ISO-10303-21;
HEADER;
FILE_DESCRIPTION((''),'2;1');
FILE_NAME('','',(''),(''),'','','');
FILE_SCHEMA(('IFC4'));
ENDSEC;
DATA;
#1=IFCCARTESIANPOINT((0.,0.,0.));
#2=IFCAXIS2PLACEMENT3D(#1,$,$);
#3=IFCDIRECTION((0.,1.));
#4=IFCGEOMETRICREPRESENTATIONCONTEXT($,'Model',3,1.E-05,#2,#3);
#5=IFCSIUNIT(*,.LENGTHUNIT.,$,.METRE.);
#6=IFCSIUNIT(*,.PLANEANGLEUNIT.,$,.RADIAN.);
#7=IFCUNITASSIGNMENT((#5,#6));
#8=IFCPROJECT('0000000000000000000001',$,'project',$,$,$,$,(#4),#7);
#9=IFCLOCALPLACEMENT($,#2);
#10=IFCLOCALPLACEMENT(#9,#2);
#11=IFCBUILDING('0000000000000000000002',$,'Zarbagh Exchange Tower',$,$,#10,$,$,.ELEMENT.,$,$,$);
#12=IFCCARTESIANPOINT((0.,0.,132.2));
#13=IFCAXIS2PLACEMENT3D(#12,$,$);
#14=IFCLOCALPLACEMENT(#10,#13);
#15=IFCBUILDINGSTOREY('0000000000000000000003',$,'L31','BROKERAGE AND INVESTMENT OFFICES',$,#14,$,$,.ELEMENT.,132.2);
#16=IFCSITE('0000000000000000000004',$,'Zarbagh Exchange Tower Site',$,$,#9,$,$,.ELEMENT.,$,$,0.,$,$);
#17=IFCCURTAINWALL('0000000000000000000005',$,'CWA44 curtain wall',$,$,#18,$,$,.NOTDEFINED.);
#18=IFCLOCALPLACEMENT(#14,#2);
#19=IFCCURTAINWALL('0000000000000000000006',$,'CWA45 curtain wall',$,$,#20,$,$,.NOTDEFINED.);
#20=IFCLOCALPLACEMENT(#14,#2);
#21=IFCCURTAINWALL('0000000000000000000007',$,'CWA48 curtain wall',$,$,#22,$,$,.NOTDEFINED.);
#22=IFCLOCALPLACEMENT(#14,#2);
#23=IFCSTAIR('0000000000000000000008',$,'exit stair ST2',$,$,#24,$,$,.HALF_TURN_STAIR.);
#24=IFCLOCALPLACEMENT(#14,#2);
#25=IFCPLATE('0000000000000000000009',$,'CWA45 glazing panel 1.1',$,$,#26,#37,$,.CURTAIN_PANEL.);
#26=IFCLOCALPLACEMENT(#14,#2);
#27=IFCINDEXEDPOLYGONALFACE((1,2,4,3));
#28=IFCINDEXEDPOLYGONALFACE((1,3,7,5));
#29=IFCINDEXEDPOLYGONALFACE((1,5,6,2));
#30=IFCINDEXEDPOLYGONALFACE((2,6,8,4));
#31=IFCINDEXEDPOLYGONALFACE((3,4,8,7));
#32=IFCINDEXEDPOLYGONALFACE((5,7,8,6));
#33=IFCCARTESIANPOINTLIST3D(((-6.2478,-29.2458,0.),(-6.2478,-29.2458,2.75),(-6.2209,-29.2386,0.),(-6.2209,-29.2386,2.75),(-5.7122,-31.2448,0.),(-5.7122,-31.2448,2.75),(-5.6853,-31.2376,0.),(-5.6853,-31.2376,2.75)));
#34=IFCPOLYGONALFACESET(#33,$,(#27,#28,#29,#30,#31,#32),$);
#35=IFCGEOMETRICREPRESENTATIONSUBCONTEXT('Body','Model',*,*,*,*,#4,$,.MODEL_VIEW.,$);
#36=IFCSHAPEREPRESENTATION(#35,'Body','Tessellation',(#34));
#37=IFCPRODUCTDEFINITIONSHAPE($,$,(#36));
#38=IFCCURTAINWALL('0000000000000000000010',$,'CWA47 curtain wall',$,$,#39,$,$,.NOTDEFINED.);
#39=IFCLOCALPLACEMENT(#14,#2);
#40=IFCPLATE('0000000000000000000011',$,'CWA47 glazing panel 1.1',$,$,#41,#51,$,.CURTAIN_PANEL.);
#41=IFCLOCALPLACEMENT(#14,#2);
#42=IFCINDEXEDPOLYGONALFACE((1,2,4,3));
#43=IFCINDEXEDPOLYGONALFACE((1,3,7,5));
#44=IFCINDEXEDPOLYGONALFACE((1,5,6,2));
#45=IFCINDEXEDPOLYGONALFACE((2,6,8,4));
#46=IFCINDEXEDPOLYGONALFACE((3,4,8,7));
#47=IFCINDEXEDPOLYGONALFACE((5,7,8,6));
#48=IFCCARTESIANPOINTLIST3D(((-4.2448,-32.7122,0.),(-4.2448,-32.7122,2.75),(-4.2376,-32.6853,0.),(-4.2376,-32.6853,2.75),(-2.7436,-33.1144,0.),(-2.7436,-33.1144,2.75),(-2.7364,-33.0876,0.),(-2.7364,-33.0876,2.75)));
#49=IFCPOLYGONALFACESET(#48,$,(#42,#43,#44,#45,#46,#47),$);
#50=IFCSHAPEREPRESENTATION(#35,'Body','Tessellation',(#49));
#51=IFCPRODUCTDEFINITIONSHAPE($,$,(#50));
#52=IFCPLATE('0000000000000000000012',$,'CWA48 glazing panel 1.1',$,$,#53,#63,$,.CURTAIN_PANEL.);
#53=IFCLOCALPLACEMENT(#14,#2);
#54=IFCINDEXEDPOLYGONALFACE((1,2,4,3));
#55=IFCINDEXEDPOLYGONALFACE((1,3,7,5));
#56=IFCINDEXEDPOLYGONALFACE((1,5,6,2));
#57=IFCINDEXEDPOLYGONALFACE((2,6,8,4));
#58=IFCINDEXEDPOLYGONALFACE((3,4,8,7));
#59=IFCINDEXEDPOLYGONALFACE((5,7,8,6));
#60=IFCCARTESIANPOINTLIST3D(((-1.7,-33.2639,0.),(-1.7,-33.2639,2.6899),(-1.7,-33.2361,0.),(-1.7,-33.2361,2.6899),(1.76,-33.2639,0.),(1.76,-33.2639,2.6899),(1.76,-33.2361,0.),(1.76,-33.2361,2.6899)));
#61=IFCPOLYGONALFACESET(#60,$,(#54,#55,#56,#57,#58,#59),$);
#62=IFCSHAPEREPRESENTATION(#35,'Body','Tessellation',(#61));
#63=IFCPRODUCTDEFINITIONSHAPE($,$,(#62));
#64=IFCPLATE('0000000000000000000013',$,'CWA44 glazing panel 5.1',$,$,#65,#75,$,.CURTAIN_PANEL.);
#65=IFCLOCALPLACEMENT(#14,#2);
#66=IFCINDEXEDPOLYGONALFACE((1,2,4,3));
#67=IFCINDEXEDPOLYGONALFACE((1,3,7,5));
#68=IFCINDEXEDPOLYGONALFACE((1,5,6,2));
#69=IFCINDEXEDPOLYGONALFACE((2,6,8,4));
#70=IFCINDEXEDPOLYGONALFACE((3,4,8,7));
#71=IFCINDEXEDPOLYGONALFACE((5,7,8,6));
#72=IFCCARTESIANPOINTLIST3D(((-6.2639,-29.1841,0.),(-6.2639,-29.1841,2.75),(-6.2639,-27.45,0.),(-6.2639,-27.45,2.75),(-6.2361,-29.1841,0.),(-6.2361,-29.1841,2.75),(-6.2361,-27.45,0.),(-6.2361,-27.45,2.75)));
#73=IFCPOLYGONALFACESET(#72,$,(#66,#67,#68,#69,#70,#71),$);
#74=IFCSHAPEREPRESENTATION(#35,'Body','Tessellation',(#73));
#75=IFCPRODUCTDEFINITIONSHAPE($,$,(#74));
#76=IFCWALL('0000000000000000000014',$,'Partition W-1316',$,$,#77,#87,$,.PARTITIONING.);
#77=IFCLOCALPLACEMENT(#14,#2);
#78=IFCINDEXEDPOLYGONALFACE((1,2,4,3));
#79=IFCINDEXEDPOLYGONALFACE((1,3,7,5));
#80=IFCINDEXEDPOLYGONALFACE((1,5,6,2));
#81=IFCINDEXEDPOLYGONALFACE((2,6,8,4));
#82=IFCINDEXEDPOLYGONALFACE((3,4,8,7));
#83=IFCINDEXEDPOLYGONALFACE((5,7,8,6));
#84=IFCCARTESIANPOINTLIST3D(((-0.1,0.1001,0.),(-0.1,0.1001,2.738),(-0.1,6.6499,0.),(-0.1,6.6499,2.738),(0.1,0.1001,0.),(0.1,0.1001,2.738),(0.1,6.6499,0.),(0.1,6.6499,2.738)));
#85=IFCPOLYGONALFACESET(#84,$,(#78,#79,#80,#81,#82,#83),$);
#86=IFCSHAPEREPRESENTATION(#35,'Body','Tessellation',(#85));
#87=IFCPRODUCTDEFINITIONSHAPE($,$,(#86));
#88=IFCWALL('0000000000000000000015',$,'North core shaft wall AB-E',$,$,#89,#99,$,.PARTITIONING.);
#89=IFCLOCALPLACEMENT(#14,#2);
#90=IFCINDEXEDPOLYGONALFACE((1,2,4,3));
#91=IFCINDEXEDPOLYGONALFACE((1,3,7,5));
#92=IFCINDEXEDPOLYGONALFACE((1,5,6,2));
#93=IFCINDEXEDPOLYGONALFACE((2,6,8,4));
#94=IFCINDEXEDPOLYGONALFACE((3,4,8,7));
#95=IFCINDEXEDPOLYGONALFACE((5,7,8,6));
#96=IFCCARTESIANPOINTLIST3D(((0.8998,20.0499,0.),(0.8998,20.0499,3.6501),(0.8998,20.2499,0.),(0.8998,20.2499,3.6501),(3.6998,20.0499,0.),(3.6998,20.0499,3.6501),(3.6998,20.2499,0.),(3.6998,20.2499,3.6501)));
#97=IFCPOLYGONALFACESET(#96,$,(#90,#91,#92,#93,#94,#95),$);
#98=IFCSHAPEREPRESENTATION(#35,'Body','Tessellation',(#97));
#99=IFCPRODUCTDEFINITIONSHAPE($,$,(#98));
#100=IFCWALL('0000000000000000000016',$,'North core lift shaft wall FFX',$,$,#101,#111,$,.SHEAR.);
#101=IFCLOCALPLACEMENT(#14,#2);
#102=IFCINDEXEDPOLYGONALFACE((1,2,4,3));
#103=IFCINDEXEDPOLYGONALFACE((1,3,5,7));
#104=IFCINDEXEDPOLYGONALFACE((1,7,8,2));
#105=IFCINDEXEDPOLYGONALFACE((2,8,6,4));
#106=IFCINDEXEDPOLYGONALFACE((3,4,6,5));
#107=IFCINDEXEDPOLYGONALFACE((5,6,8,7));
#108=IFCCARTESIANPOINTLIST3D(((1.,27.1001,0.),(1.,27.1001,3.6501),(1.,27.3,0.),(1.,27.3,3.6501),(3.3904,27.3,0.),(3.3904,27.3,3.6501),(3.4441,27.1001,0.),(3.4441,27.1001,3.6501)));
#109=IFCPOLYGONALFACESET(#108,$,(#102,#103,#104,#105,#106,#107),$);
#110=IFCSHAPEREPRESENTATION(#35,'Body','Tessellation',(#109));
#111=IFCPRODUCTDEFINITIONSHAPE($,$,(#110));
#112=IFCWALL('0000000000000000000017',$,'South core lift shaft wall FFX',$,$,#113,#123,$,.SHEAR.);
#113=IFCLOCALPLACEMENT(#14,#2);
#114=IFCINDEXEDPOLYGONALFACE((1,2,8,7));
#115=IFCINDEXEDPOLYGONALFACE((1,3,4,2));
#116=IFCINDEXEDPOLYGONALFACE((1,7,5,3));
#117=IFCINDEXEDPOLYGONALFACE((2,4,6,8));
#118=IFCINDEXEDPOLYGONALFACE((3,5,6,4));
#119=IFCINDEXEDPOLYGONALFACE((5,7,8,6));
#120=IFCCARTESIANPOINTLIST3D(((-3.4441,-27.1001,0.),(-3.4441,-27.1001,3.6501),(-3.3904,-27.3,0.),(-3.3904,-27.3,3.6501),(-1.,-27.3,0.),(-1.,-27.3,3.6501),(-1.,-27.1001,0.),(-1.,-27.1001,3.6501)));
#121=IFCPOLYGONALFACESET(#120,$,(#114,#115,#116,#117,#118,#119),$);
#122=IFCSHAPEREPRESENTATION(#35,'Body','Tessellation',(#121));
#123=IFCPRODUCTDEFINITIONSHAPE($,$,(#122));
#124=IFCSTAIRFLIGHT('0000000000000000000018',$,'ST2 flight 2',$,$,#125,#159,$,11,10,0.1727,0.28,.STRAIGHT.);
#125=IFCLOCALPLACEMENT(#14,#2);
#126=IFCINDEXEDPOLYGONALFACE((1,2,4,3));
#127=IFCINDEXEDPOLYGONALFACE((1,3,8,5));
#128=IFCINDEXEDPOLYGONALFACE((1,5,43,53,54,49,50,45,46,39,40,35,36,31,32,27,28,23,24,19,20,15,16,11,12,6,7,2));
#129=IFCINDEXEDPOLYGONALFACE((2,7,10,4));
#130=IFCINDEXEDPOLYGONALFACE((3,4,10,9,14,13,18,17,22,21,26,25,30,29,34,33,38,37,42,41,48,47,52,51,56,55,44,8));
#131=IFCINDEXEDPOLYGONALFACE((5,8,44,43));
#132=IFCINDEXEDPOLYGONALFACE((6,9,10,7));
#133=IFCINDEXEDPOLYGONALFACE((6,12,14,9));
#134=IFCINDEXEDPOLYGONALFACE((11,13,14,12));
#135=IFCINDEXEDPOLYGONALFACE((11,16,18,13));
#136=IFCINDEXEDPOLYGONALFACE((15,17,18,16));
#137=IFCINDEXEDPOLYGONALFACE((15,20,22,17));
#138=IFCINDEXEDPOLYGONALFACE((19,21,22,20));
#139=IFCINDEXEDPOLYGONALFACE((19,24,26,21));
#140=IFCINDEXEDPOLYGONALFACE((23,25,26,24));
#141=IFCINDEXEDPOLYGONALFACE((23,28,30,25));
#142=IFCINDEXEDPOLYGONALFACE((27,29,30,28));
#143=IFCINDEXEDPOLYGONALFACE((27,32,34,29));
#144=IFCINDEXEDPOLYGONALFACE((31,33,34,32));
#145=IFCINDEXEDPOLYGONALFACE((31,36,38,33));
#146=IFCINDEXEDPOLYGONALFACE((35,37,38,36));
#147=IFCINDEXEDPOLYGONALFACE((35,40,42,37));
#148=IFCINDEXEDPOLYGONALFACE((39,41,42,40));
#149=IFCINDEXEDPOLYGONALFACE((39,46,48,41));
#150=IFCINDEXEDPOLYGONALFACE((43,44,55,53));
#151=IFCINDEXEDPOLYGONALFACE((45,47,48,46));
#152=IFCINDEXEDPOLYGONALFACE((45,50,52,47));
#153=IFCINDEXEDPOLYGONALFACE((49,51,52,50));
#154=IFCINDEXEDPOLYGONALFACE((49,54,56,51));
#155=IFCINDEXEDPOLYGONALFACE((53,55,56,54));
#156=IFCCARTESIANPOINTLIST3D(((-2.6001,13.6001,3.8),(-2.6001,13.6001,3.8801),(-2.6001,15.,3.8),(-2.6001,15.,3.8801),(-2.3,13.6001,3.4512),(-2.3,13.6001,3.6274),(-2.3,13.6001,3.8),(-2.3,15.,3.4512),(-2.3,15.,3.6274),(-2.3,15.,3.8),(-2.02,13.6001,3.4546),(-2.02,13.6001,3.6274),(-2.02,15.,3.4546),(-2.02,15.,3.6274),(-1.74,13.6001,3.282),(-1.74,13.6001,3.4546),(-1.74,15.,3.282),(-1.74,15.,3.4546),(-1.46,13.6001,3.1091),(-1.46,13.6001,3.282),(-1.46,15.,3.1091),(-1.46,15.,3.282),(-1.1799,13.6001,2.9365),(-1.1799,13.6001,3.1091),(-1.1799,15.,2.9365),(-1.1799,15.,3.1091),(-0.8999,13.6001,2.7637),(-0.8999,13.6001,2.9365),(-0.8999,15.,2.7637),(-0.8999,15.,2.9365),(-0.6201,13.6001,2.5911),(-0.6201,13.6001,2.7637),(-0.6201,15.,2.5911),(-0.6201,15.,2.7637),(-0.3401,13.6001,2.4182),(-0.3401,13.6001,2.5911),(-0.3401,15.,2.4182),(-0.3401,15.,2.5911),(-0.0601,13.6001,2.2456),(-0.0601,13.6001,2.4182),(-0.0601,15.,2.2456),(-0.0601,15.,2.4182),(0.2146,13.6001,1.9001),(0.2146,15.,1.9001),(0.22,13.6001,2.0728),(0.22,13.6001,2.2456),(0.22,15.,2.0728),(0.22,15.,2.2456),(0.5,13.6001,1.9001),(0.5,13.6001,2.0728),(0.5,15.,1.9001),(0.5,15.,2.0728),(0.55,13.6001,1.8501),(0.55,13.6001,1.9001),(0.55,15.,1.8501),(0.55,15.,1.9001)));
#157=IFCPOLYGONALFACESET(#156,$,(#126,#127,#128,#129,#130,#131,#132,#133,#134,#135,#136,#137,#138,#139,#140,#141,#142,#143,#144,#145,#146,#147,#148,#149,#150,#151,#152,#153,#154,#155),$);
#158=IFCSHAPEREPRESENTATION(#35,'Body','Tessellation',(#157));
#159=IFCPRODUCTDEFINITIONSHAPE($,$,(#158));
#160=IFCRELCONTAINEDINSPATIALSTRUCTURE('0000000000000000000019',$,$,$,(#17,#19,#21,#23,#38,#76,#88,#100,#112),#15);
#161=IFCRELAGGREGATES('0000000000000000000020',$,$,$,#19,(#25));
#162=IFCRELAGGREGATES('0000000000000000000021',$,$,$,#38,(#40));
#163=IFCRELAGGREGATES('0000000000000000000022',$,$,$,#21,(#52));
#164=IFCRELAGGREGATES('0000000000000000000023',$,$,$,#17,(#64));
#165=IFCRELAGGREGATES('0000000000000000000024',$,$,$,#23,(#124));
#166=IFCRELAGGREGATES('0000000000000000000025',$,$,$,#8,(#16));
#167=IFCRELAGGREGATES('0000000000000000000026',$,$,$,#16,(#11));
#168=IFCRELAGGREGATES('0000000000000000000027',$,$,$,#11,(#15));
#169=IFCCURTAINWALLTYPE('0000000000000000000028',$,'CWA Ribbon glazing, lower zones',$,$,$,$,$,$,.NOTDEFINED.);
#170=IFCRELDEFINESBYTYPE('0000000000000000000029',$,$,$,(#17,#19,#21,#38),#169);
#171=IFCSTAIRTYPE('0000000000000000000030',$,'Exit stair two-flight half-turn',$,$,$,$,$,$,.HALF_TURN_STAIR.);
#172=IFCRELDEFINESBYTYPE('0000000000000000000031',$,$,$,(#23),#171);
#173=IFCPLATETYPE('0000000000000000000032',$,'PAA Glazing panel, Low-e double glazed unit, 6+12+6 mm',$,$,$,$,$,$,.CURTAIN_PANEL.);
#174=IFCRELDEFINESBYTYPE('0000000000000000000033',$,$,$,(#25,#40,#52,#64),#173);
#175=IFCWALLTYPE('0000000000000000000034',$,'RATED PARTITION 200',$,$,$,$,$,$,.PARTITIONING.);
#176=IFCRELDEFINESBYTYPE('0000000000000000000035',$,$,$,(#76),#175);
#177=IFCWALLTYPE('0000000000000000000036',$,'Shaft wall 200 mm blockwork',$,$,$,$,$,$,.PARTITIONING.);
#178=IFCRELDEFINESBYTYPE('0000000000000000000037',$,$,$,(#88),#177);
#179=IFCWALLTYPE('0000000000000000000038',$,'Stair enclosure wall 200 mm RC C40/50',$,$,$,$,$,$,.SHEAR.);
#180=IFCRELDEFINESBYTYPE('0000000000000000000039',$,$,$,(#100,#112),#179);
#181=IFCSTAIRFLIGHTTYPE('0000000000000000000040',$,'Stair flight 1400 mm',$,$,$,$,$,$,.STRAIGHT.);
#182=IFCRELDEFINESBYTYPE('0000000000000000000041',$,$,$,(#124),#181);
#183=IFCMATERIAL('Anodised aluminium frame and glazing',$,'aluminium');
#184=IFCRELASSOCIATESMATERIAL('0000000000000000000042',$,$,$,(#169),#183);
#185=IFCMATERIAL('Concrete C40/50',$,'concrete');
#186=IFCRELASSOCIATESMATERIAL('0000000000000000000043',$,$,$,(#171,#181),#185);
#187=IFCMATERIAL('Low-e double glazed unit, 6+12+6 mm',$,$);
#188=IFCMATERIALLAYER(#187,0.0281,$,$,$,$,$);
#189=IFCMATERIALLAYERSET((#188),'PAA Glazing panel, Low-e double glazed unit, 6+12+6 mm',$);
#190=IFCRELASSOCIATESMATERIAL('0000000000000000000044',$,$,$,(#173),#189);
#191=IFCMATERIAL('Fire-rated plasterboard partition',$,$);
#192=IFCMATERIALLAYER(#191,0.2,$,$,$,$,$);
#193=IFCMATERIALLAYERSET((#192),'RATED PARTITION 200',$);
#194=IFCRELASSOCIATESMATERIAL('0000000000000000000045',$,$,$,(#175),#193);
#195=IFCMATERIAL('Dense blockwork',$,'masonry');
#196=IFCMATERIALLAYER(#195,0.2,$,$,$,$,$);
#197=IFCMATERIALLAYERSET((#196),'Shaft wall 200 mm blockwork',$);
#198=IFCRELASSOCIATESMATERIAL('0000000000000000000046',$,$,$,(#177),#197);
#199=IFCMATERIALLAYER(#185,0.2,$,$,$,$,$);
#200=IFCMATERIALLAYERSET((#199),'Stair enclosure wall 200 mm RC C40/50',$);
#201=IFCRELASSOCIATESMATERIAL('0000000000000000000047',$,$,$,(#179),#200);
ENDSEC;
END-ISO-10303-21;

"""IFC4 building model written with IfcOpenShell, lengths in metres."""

from ifc_helpers import new_model, si_unit, direction, frame, frame_2d, origin, place, context, subcontext, project, spatial, polyline, rectangle, outline, extrude, source, transform, mapped, material, layer, layer_set, type_object, element, aggregate, save


model = new_model("IFC4")

# Units and contexts
model_context = context("Model", 3, precision=1e-05, world=origin(), true_north=direction((0.0, 1.0)))
body_context = subcontext(model_context, "Body", "Model", "MODEL_VIEW")
ifc_project = project(units=[si_unit("LENGTHUNIT", "METRE"), si_unit("PLANEANGLEUNIT", "RADIAN")], contexts=[model_context])

# Site, building, storey
site_placement = place(None, origin())
site = spatial("IfcSite", under=ifc_project, at=site_placement, Name="Zarbagh Exchange Tower Site", CompositionType="ELEMENT", RefElevation=0.0)
building_placement = place(site_placement, origin())
building = spatial("IfcBuilding", under=site, at=building_placement, Name="Zarbagh Exchange Tower", CompositionType="ELEMENT")
storey_placement = place(building_placement, frame((0.0, 0.0, 132.2)))
storey = spatial("IfcBuildingStorey", under=building, at=storey_placement, Name="L31", Description="BROKERAGE AND INVESTMENT OFFICES", CompositionType="ELEMENT", Elevation=132.2)

# Curtain wall
ifc_material_1 = material(Name="Anodised aluminium frame and glazing", Category="aluminium")
curtain_wall_type = type_object("IfcCurtainWallType", Name="CWA Ribbon glazing, lower zones", PredefinedType="NOTDEFINED", material=ifc_material_1)
curtain_wall_1_placement = place(storey_placement, origin())
curtain_wall_1 = element("IfcCurtainWall", 1, at=curtain_wall_1_placement, inside=storey, type_object=curtain_wall_type, Name="CWA44 curtain wall", PredefinedType="NOTDEFINED")
placement = place(storey_placement, origin())

# Curtain wall
curtain_wall_2_placement = place(storey_placement, origin())
curtain_wall_2 = element("IfcCurtainWall", 2, at=curtain_wall_2_placement, inside=storey, type_object=curtain_wall_type, Name="CWA45 curtain wall", PredefinedType="NOTDEFINED")

# Curtain wall
curtain_wall_3_placement = place(storey_placement, origin())
curtain_wall_3 = element("IfcCurtainWall", 3, at=curtain_wall_3_placement, inside=storey, type_object=curtain_wall_type, Name="CWA48 curtain wall", PredefinedType="NOTDEFINED")

# Stair
ifc_material_2 = material(Name="Concrete C40/50", Category="concrete")
stair_type = type_object("IfcStairType", Name="Exit stair two-flight half-turn", PredefinedType="HALF_TURN_STAIR", material=ifc_material_2)
stair_1_placement = place(storey_placement, origin())
stair_1 = element("IfcStair", 4, at=stair_1_placement, inside=storey, type_object=stair_type, Name="exit stair ST2", PredefinedType="HALF_TURN_STAIR")

# Shared definitions
ifc_material_3 = material(Name="Low-e double glazed unit, 6+12+6 mm")
ifc_layer_1 = layer(ifc_material_3, 0.0281)
ifc_layer_set_1 = layer_set([ifc_layer_1], Name="PAA Glazing panel, Low-e double glazed unit, 6+12+6 mm")
plate_type = type_object("IfcPlateType", Name="PAA Glazing panel, Low-e double glazed unit, 6+12+6 mm", PredefinedType="CURTAIN_PANEL", material=ifc_layer_set_1)

# Plate
shared_shape_1 = source(origin(), body_context, "Body", "SweptSolid", [
    extrude(outline(polyline([(0.0, -0.0139), (2.0696, -0.0139), (2.0696, 0.0139), (0.0, 0.0139), (0.0, -0.0139)])), origin(), (0.0, 0.0, 1.0), 2.75),
])
plate_1 = element("IfcPlate", 5, at=placement, type_object=plate_type, Name="CWA45 glazing panel 1.1", PredefinedType="CURTAIN_PANEL", context=body_context, shape_type="MappedRepresentation", body=[
    mapped(shared_shape_1, transform((-6.2344, -29.2422, 0.0), x_axis=(0.258825, -0.965924, 0.0), y_axis=(0.965924, 0.258825, 0.0), z_axis=(0.0, 0.0, 1.0))),
])
aggregate(curtain_wall_2, [plate_1])

# Curtain wall, plate
curtain_wall_4_placement = place(storey_placement, origin())
curtain_wall_4 = element("IfcCurtainWall", 6, at=curtain_wall_4_placement, inside=storey, type_object=curtain_wall_type, Name="CWA47 curtain wall", PredefinedType="NOTDEFINED")
shared_shape_2 = source(origin(), body_context, "Body", "SweptSolid", [
    extrude(outline(polyline([(0.0, -0.0139), (1.5542, -0.0139), (1.5542, 0.0139), (0.0, 0.0139), (0.0, -0.0139)])), origin(), (0.0, 0.0, 1.0), 2.75),
])
plate_2 = element("IfcPlate", 7, at=placement, type_object=plate_type, Name="CWA47 glazing panel 1.1", PredefinedType="CURTAIN_PANEL", context=body_context, shape_type="MappedRepresentation", body=[
    mapped(shared_shape_2, transform((-4.2412, -32.6987, 0.0), x_axis=(0.965924, -0.258825, 0.0), y_axis=(0.258825, 0.965924, 0.0), z_axis=(0.0, 0.0, 1.0))),
])
aggregate(curtain_wall_4, [plate_2])

# Plates
shared_shape_3 = source(origin(), body_context, "Body", "SweptSolid", [
    extrude(outline(polyline([(0.0, -0.0139), (3.46, -0.0139), (3.46, 0.0139), (0.0, 0.0139), (0.0, -0.0139)])), origin(), (0.0, 0.0, 1.0), 2.6899),
])
plate_3 = element("IfcPlate", 8, at=placement, type_object=plate_type, Name="CWA48 glazing panel 1.1", PredefinedType="CURTAIN_PANEL", context=body_context, shape_type="MappedRepresentation", body=[
    mapped(shared_shape_3, transform((-1.7, -33.25, 0.0), x_axis=(1.0, 0.0, 0.0), y_axis=(0.0, 1.0, 0.0), z_axis=(0.0, 0.0, 1.0))),
])
aggregate(curtain_wall_3, [plate_3])
shared_shape_4 = source(origin(), body_context, "Body", "SweptSolid", [
    extrude(outline(polyline([(0.0, -0.0139), (1.7341, -0.0139), (1.7341, 0.0139), (0.0, 0.0139), (0.0, -0.0139)])), origin(), (0.0, 0.0, 1.0), 2.75),
])
plate_4 = element("IfcPlate", 9, at=placement, type_object=plate_type, Name="CWA44 glazing panel 5.1", PredefinedType="CURTAIN_PANEL", context=body_context, shape_type="MappedRepresentation", body=[
    mapped(shared_shape_4, transform((-6.25, -27.45, 0.0), x_axis=(0.0, -1.0, 0.0), y_axis=(1.0, 0.0, 0.0), z_axis=(0.0, 0.0, 1.0))),
])
aggregate(curtain_wall_1, [plate_4])

# Walls
ifc_material_4 = material(Name="Fire-rated plasterboard partition")
ifc_layer_2 = layer(ifc_material_4, 0.2)
ifc_layer_set_2 = layer_set([ifc_layer_2], Name="RATED PARTITION 200")
wall_type_1 = type_object("IfcWallType", Name="RATED PARTITION 200", PredefinedType="PARTITIONING", material=ifc_layer_set_2)
wall_1_placement = place(storey_placement, frame((0.0, 0.1001, 0.0), z_axis=(0.0, 0.0, 1.0), x_axis=(0.0, 1.0, 0.0)))
element("IfcWall", 10, at=wall_1_placement, inside=storey, type_object=wall_type_1, Name="Partition W-1316", PredefinedType="PARTITIONING", context=body_context, shape_type="SweptSolid", body=[
    extrude(rectangle(XDim=6.5498, YDim=0.2, at=frame_2d((3.2749, 0.0))), origin(), (0.0, 0.0, 1.0), 2.738),
])
ifc_material_5 = material(Name="Dense blockwork", Category="masonry")
ifc_layer_3 = layer(ifc_material_5, 0.2)
ifc_layer_set_3 = layer_set([ifc_layer_3], Name="Shaft wall 200 mm blockwork")
wall_type_2 = type_object("IfcWallType", Name="Shaft wall 200 mm blockwork", PredefinedType="PARTITIONING", material=ifc_layer_set_3)
wall_2_placement = place(storey_placement, frame((0.8999, 20.1499, 0.0), z_axis=(0.0, 0.0, 1.0), x_axis=(1.0, 0.0, 0.0)))
element("IfcWall", 11, at=wall_2_placement, inside=storey, type_object=wall_type_2, Name="North core shaft wall AB-E", PredefinedType="PARTITIONING", context=body_context, shape_type="SweptSolid", body=[
    extrude(rectangle(XDim=2.8, YDim=0.2, at=frame_2d((1.3999, 0.0))), origin(), (0.0, 0.0, 1.0), 3.6501),
])
ifc_layer_4 = layer(ifc_material_2, 0.2)
ifc_layer_set_4 = layer_set([ifc_layer_4], Name="Stair enclosure wall 200 mm RC C40/50")
wall_type_3 = type_object("IfcWallType", Name="Stair enclosure wall 200 mm RC C40/50", PredefinedType="SHEAR", material=ifc_layer_set_4)
wall_3_placement = place(storey_placement, origin())
element("IfcWall", 12, at=wall_3_placement, inside=storey, type_object=wall_type_3, Name="North core lift shaft wall FFX", PredefinedType="SHEAR", context=body_context, shape_type="SweptSolid", body=[
    extrude(outline(polyline([(1.0, 27.1001), (3.4441, 27.1001), (3.3904, 27.3), (1.0, 27.3), (1.0, 27.1001)])), origin(), (0.0, 0.0, 1.0), 3.6501),
])
wall_4_placement = place(storey_placement, origin())
element("IfcWall", 13, at=wall_4_placement, inside=storey, type_object=wall_type_3, Name="South core lift shaft wall FFX", PredefinedType="SHEAR", context=body_context, shape_type="SweptSolid", body=[
    extrude(outline(polyline([(-1.0, -27.1001), (-3.4441, -27.1001), (-3.3904, -27.3), (-1.0, -27.3), (-1.0, -27.1001)])), origin(), (0.0, 0.0, 1.0), 3.6501),
])

# Stair flight
stair_flight_type = type_object("IfcStairFlightType", Name="Stair flight 1400 mm", PredefinedType="STRAIGHT", material=ifc_material_2)
stair_flight_placement = place(storey_placement, frame((0.5, 14.3, 1.9001), z_axis=(0.0, 0.0, 1.0), x_axis=(-1.0, 0.0, 0.0)))
stair_flight = element("IfcStairFlight", 14, at=stair_flight_placement, type_object=stair_flight_type, Name="ST2 flight 2", NumberOfRisers=11, NumberOfTreads=10, PredefinedType="STRAIGHT", RiserHeight=0.1727, TreadLength=0.28, context=body_context, shape_type="SweptSolid", body=[
    extrude(outline(polyline([(-0.05, -0.05), (-0.05, 0.0), (0.0, 0.0), (0.0, 0.1726), (0.28, 0.1726), (0.28, 0.3455), (0.5601, 0.3455), (0.5601, 0.5181), (0.8401, 0.5181), (0.8401, 0.6909), (1.1201, 0.6909), (1.1201, 0.8635), (1.3999, 0.8635), (1.3999, 1.0364), (1.6799, 1.0364), (1.6799, 1.209), (1.96, 1.209), (1.96, 1.3818), (2.24, 1.3818), (2.24, 1.5544), (2.52, 1.5544), (2.52, 1.7273), (2.8, 1.7273), (2.8, 1.8999), (3.1001, 1.98), (3.1001, 1.8999), (2.8, 1.551), (0.2854, 0.0), (-0.05, -0.05)])), frame((0.0, 0.7, 0.0), z_axis=(0.0, -1.0, 0.0), x_axis=(1.0, 0.0, 0.0)), (0.0, 0.0, 1.0), 1.3999),
])
aggregate(stair_1, [stair_flight])

save(model, "model.ifc")
